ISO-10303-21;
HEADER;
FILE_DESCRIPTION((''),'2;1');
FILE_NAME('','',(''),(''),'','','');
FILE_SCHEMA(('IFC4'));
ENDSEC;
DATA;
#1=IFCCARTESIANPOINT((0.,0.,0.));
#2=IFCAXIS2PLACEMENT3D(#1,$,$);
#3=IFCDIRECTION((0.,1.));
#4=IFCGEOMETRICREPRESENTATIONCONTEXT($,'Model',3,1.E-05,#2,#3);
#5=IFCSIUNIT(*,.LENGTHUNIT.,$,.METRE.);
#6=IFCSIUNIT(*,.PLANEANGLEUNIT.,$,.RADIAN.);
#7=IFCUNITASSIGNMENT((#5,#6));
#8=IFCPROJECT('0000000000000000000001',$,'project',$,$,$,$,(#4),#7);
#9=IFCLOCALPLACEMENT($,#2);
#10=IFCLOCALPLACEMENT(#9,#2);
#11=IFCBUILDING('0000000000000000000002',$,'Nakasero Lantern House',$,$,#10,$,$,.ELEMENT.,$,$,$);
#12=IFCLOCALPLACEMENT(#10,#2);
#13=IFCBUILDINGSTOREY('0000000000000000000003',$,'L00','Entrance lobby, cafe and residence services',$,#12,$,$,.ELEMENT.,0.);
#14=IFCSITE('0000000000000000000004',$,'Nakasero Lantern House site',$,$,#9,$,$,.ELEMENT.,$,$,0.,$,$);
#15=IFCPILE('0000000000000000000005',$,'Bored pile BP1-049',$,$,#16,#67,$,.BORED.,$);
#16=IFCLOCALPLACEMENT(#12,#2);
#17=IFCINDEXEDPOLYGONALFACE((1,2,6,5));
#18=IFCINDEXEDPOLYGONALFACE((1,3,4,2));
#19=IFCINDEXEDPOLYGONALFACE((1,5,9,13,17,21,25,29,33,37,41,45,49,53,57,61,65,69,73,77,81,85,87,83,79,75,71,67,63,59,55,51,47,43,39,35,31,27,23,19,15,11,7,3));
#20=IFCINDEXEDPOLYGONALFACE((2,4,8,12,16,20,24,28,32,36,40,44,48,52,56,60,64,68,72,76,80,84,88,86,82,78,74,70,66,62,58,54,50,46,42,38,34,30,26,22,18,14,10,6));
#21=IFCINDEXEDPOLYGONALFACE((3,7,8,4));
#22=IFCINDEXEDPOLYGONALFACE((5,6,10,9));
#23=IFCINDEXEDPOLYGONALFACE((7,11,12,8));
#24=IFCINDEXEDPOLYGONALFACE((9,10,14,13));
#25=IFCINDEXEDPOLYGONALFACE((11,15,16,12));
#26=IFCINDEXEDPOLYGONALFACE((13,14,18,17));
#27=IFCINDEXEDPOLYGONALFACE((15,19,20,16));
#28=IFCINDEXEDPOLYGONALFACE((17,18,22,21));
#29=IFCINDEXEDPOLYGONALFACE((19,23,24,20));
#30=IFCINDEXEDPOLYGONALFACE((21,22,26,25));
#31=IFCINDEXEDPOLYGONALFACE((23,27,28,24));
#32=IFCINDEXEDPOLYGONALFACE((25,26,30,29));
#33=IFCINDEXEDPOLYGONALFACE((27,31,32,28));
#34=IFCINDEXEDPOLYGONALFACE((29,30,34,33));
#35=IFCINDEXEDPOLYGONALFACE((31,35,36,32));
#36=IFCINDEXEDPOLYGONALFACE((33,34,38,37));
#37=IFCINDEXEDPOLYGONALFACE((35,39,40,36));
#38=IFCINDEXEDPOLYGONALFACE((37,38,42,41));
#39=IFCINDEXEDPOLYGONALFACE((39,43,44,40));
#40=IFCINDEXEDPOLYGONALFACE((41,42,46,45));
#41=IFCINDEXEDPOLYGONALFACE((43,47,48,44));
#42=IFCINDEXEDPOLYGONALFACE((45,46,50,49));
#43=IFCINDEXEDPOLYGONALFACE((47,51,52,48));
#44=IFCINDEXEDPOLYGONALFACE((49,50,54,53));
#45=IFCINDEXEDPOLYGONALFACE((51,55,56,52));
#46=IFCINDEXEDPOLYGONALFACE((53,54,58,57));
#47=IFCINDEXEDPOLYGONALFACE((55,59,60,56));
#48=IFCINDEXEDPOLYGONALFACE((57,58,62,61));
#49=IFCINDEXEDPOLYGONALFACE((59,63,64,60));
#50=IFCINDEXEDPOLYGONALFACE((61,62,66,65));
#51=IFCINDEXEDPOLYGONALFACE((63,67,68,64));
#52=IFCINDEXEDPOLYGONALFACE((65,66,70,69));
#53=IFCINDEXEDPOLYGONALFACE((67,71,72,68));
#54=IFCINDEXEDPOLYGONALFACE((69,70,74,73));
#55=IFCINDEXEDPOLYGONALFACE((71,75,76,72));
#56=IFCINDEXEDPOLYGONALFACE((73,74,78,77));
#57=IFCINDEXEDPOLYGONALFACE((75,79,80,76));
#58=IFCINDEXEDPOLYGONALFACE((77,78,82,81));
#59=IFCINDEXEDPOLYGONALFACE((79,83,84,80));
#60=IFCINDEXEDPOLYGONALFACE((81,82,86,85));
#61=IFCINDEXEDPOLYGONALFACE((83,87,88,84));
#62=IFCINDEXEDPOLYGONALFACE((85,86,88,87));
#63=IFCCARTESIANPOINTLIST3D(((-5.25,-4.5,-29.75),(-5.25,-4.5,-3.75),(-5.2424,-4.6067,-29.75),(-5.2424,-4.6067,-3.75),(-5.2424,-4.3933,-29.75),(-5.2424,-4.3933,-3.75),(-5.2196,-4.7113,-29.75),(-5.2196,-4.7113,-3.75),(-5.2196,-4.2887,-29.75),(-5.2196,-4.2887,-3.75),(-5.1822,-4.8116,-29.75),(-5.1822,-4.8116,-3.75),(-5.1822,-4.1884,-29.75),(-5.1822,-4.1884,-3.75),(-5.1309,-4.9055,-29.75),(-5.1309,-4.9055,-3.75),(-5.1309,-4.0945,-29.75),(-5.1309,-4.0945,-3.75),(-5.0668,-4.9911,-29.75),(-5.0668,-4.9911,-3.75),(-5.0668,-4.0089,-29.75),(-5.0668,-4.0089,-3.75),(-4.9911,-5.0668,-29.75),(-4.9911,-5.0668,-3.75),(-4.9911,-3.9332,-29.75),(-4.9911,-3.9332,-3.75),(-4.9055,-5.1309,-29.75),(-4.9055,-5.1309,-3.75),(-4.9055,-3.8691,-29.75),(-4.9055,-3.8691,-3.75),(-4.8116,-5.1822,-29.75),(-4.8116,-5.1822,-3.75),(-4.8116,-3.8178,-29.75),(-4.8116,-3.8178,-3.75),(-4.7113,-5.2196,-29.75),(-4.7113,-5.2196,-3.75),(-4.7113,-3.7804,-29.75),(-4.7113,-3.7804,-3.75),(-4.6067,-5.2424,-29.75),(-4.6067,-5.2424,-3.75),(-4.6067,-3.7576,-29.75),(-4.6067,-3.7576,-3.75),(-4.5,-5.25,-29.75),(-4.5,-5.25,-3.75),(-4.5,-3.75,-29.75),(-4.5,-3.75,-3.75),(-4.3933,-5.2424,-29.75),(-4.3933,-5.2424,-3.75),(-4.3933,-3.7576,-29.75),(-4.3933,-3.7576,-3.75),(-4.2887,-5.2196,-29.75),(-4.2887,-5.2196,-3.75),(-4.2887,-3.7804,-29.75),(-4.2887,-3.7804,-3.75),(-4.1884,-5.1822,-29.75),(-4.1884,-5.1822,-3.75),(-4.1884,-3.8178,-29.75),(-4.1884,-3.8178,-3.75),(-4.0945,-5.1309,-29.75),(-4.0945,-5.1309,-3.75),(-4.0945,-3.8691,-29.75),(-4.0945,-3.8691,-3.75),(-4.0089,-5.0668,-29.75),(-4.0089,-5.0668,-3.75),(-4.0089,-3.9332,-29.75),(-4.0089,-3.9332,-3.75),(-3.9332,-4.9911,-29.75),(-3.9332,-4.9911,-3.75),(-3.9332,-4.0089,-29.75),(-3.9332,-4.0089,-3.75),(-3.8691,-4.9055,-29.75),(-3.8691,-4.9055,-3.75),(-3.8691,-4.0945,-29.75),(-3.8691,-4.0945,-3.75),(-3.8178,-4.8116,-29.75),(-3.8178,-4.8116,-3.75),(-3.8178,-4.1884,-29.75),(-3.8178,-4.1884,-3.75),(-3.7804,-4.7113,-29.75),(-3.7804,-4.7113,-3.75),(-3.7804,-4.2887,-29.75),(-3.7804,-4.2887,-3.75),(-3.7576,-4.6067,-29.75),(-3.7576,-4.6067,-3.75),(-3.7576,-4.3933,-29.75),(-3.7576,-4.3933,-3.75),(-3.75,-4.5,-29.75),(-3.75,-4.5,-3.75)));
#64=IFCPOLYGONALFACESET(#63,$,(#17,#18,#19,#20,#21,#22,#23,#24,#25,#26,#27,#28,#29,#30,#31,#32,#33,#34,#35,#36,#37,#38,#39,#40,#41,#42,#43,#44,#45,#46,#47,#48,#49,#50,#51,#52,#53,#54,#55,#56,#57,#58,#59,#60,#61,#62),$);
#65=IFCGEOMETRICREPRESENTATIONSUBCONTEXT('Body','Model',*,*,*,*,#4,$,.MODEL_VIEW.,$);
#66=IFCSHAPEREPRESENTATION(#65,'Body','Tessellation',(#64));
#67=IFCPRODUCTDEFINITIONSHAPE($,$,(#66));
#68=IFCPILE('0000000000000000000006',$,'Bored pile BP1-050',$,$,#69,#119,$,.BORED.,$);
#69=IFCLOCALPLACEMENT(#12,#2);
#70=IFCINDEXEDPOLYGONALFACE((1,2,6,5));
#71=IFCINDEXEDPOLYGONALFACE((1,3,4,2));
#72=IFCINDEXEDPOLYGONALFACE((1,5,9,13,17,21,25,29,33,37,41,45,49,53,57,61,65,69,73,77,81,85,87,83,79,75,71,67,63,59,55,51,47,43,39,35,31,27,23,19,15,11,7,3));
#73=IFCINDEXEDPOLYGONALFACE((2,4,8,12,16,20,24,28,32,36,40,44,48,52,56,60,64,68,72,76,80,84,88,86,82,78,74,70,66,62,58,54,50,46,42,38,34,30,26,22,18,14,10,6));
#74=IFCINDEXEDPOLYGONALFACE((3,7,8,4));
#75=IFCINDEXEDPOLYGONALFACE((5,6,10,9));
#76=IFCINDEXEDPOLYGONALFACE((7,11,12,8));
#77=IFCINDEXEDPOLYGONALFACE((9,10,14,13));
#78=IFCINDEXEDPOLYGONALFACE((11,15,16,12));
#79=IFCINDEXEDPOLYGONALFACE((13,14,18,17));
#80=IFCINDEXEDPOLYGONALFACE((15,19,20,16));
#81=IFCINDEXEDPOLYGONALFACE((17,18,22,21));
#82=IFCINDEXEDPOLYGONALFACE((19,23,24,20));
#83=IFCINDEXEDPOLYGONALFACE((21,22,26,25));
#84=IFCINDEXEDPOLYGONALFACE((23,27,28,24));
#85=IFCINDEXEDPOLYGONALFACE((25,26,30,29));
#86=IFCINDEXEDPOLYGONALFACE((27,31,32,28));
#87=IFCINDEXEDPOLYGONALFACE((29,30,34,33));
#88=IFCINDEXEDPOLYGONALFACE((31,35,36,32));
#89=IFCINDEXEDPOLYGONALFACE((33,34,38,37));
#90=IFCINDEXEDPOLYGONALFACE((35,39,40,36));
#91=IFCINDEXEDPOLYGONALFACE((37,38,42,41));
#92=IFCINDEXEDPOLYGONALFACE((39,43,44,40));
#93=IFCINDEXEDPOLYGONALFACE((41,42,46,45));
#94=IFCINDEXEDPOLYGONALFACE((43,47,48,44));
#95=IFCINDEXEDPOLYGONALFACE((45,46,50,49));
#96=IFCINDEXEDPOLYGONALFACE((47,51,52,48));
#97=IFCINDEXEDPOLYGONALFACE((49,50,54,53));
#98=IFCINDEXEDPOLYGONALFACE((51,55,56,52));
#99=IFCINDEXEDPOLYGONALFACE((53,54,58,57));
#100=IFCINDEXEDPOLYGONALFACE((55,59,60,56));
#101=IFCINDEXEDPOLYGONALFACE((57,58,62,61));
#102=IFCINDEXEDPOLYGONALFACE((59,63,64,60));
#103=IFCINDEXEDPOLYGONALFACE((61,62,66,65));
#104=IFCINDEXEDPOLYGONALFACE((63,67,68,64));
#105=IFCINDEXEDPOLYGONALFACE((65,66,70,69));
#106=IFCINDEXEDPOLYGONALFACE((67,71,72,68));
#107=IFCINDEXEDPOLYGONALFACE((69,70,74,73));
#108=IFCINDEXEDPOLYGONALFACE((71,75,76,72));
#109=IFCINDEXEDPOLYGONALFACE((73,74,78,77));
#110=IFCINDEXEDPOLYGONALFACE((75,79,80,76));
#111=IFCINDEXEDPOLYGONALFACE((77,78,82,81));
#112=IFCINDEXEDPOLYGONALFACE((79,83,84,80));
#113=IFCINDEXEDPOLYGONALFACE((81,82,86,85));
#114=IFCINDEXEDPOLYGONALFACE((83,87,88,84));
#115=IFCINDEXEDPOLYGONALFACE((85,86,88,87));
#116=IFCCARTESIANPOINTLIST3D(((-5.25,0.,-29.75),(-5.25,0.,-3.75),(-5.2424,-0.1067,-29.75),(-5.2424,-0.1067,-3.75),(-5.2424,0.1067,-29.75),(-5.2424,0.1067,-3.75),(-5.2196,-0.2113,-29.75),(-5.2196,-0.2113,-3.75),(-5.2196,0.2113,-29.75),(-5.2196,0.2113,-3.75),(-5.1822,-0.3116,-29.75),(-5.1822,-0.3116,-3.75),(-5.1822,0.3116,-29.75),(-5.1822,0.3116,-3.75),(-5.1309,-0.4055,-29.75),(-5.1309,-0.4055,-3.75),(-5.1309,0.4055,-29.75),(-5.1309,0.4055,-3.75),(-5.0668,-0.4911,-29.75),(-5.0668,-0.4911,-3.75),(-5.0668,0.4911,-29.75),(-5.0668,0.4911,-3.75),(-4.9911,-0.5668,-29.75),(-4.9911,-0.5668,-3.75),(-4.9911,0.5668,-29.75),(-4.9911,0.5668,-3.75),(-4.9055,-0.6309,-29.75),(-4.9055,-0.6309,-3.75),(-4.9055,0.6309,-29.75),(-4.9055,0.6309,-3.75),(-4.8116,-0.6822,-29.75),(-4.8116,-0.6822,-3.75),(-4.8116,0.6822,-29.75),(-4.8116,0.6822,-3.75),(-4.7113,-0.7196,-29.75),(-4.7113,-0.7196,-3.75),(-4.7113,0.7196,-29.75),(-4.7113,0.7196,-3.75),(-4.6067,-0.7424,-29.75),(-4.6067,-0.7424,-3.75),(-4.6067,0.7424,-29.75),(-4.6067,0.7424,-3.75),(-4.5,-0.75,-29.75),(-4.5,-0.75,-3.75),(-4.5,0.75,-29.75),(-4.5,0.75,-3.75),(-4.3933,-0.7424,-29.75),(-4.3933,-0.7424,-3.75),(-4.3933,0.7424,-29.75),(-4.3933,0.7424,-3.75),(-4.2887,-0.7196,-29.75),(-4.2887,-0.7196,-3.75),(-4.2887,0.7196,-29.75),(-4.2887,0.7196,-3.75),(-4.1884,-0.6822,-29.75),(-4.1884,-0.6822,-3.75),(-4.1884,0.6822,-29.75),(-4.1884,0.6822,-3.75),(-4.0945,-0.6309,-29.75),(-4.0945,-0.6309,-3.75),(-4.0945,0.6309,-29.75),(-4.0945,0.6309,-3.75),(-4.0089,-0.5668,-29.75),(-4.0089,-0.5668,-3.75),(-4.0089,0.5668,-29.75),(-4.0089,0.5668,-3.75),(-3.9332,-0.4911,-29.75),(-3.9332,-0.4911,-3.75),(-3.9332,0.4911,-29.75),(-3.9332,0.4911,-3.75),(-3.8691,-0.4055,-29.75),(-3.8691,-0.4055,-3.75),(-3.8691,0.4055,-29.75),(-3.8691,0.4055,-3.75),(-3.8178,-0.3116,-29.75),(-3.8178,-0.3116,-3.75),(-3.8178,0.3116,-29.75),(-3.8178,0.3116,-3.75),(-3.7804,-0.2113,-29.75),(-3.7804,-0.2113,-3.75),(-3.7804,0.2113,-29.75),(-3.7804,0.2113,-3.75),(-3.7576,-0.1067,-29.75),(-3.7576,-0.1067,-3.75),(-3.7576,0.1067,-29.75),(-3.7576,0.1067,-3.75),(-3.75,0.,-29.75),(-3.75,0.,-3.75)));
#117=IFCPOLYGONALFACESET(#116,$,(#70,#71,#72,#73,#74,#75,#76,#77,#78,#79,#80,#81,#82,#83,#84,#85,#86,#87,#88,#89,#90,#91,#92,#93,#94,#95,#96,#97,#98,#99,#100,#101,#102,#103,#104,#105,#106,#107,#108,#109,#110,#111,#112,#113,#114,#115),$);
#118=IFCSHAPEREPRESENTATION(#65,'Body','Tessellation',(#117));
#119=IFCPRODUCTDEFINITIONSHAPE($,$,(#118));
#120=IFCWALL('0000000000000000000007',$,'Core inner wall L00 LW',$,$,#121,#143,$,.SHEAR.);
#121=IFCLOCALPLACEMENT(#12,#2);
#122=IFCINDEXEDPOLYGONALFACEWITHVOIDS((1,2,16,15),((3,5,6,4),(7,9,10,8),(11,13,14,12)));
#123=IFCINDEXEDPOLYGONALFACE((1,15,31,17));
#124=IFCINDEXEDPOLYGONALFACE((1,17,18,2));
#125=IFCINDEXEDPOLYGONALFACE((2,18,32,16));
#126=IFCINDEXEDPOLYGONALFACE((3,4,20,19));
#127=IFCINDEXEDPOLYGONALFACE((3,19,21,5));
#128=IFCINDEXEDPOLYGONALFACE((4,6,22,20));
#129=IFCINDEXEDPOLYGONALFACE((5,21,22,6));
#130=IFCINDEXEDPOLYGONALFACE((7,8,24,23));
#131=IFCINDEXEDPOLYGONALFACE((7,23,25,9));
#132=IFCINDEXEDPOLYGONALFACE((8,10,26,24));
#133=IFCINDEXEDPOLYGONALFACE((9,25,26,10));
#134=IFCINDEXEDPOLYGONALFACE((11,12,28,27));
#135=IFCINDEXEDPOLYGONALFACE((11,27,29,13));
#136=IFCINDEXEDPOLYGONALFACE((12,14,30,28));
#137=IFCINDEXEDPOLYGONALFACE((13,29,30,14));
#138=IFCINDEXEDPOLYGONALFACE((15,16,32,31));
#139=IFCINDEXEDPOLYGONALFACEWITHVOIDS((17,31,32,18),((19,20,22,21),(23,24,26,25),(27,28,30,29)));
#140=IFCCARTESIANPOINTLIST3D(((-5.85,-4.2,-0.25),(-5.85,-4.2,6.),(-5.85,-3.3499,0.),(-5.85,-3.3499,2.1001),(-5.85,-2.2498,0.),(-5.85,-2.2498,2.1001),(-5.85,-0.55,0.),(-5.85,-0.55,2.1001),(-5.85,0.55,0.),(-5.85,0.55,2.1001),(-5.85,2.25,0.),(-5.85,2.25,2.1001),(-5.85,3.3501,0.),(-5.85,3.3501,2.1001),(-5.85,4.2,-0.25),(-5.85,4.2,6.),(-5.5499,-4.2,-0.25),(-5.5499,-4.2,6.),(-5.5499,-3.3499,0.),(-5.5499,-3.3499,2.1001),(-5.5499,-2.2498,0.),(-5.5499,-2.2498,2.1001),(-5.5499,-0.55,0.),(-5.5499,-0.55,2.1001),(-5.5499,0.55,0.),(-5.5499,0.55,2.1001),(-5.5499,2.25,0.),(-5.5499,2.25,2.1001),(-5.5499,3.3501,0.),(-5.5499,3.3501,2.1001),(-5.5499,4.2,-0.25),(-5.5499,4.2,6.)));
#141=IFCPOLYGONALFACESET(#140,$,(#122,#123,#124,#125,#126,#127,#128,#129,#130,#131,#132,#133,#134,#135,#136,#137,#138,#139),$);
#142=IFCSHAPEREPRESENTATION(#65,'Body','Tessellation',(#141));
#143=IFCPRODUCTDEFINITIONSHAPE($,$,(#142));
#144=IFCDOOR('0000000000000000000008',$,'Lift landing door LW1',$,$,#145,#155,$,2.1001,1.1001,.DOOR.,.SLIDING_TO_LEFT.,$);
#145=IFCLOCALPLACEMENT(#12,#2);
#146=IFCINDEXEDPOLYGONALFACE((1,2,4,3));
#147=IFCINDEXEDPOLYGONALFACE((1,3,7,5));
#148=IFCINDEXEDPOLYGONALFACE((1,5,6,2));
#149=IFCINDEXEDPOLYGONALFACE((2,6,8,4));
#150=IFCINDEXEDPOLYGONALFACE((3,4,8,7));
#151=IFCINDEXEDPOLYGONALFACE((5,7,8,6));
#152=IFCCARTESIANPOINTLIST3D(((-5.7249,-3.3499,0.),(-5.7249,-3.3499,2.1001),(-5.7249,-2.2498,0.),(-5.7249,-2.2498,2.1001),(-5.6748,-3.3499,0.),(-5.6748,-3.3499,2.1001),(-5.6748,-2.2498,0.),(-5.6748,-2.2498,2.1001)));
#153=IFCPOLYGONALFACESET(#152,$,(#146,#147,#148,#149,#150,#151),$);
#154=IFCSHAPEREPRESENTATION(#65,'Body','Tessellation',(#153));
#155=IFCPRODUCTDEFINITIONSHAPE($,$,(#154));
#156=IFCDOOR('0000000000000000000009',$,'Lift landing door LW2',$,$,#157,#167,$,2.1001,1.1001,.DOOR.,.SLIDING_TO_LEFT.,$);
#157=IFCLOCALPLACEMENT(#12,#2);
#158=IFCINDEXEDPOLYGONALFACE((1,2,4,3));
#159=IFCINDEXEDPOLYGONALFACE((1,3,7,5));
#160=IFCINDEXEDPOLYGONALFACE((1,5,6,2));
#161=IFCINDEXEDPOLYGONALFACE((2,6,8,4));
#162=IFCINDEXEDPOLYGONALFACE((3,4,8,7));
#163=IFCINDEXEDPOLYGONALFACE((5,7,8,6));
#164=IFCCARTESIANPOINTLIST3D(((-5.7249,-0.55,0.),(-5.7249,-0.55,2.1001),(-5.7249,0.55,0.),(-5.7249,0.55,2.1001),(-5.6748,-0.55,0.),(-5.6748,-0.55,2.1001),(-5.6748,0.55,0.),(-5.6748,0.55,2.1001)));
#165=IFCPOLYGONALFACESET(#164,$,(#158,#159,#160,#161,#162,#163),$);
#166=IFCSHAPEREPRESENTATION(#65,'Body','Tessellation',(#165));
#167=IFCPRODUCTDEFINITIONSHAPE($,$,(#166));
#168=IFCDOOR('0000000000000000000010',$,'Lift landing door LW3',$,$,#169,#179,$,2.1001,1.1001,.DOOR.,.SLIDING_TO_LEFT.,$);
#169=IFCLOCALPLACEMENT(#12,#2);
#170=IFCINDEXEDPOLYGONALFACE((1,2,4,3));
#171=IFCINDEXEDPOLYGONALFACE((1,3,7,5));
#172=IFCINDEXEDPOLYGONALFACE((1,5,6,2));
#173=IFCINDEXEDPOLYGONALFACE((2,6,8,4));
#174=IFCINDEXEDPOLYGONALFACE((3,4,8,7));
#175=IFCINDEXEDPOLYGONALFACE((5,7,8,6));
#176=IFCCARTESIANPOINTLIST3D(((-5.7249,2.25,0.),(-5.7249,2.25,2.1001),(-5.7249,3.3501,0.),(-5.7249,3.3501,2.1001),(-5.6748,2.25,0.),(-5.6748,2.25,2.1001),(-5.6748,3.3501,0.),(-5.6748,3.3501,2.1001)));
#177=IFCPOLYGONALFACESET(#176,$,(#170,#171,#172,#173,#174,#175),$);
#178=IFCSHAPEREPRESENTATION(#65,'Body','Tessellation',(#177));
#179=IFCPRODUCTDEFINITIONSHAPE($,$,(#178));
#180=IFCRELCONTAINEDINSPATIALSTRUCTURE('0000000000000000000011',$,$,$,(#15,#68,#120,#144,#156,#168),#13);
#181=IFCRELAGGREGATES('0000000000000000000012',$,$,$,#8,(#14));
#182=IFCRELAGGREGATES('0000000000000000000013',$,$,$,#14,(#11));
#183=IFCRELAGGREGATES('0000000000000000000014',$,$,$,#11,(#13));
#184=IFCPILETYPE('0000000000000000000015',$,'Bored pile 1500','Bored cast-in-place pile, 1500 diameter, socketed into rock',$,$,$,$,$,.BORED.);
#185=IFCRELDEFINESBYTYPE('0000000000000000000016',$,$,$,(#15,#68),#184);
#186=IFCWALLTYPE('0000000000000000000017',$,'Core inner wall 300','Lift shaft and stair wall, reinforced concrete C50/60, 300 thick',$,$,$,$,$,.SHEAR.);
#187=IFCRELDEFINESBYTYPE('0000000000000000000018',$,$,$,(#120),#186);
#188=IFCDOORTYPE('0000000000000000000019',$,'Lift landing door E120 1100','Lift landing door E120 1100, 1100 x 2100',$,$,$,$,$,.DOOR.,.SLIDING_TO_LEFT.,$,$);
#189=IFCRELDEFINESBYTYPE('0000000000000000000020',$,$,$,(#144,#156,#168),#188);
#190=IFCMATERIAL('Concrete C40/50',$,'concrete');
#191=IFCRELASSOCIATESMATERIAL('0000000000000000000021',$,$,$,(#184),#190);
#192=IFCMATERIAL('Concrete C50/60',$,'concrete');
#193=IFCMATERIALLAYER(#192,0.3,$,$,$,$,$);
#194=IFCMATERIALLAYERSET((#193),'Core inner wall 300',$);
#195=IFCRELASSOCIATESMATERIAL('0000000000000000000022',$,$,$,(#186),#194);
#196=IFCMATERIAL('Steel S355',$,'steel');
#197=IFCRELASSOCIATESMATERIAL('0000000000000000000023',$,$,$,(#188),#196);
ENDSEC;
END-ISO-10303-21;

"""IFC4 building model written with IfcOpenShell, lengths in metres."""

from ifc_helpers import new_model, si_unit, direction, frame, frame_2d, origin, origin_2d, place, context, subcontext, project, spatial, rectangle, circle, extrude, material, layer, layer_set, type_object, element, fill, save


model = new_model("IFC4")

# Units and contexts
model_context = context("Model", 3, precision=1e-05, world=origin(), true_north=direction((0.0, 1.0)))
body_context = subcontext(model_context, "Body", "Model", "MODEL_VIEW")
ifc_project = project(units=[si_unit("LENGTHUNIT", "METRE"), si_unit("PLANEANGLEUNIT", "RADIAN")], contexts=[model_context])

# Site, building, storey
site_placement = place(None, origin())
site = spatial("IfcSite", under=ifc_project, at=site_placement, Name="Nakasero Lantern House site", CompositionType="ELEMENT", RefElevation=0.0)
building_placement = place(site_placement, origin())
building = spatial("IfcBuilding", under=site, at=building_placement, Name="Nakasero Lantern House", CompositionType="ELEMENT")
storey_placement = place(building_placement, origin())
storey = spatial("IfcBuildingStorey", under=building, at=storey_placement, Name="L00", Description="Entrance lobby, cafe and residence services", CompositionType="ELEMENT", Elevation=0.0)

# Piles
ifc_material_1 = material(Name="Concrete C40/50", Category="concrete")
pile_type = type_object("IfcPileType", Name="Bored pile 1500", Description="Bored cast-in-place pile, 1500 diameter, socketed into rock", PredefinedType="BORED", material=ifc_material_1)
for number, where, z_axis, x_axis, name in (
    (1, (-4.5, -4.5, -3.75), (0.0, 0.0, -1.0), (1.0, 0.0, 0.0), "Bored pile BP1-049"),
    (2, (-4.5, 0.0, -3.75), (0.0, 0.0, -1.0), (1.0, 0.0, 0.0), "Bored pile BP1-050"),
):
    element("IfcPile", number, at=place(storey_placement, frame(where, z_axis=z_axis, x_axis=x_axis)), inside=storey, type_object=pile_type, Name=name, PredefinedType="BORED", context=body_context, shape_type="SweptSolid", body=[
        extrude(circle(Radius=0.75, at=origin_2d()), origin(), (0.0, 0.0, 1.0), 26.0),
    ])

# Wall, openings, doors
ifc_material_2 = material(Name="Concrete C50/60", Category="concrete")
ifc_layer_1 = layer(ifc_material_2, 0.3)
ifc_layer_set_1 = layer_set([ifc_layer_1], Name="Core inner wall 300")
wall_type_1 = type_object("IfcWallType", Name="Core inner wall 300", Description="Lift shaft and stair wall, reinforced concrete C50/60, 300 thick", PredefinedType="SHEAR", material=ifc_layer_set_1)
wall_1_placement = place(storey_placement, frame((-5.7, -4.2, -0.25), z_axis=(0.0, 0.0, 1.0), x_axis=(0.0, 1.0, 0.0)))
wall_1 = element("IfcWall", 3, at=wall_1_placement, inside=storey, type_object=wall_type_1, Name="Core inner wall L00 LW", PredefinedType="SHEAR", context=body_context, shape_type="SweptSolid", body=[
    extrude(rectangle(XDim=8.3999, YDim=0.3, at=frame_2d((4.2, 0.0))), origin(), (0.0, 0.0, 1.0), 6.25),
])
opening_1_placement = place(wall_1_placement, frame((0.8501, 0.0, 0.25)))
opening_1 = element("IfcOpeningElement", 4, at=opening_1_placement, cuts=wall_1, PredefinedType="OPENING", context=body_context, shape_type="SweptSolid", body=[
    extrude(rectangle(XDim=1.1001, YDim=2.1001, at=frame_2d((0.55, 1.05))), frame((0.0, 0.1699, 0.0), z_axis=(0.0, -1.0, 0.0), x_axis=(1.0, 0.0, 0.0)), (0.0, 0.0, 1.0), 0.3401),
])
opening_2_placement = place(wall_1_placement, frame((3.6499, 0.0, 0.25)))
opening_2 = element("IfcOpeningElement", 5, at=opening_2_placement, cuts=wall_1, PredefinedType="OPENING", context=body_context, shape_type="SweptSolid", body=[
    extrude(rectangle(XDim=1.1001, YDim=2.1001, at=frame_2d((0.55, 1.05))), frame((0.0, 0.1699, 0.0), z_axis=(0.0, -1.0, 0.0), x_axis=(1.0, 0.0, 0.0)), (0.0, 0.0, 1.0), 0.3401),
])
opening_3_placement = place(wall_1_placement, frame((6.45, 0.0, 0.25)))
opening_3 = element("IfcOpeningElement", 6, at=opening_3_placement, cuts=wall_1, PredefinedType="OPENING", context=body_context, shape_type="SweptSolid", body=[
    extrude(rectangle(XDim=1.1001, YDim=2.1001, at=frame_2d((0.55, 1.05))), frame((0.0, 0.1699, 0.0), z_axis=(0.0, -1.0, 0.0), x_axis=(1.0, 0.0, 0.0)), (0.0, 0.0, 1.0), 0.3401),
])
ifc_material_3 = material(Name="Steel S355", Category="steel")
door_type_1 = type_object("IfcDoorType", Name="Lift landing door E120 1100", Description="Lift landing door E120 1100, 1100 x 2100", OperationType="SLIDING_TO_LEFT", PredefinedType="DOOR", material=ifc_material_3)
door_1_placement = place(opening_1_placement, origin())
door_1 = element("IfcDoor", 7, at=door_1_placement, inside=storey, type_object=door_type_1, Name="Lift landing door LW1", OperationType="SLIDING_TO_LEFT", OverallHeight=2.1001, OverallWidth=1.1001, PredefinedType="DOOR", context=body_context, shape_type="SweptSolid", body=[
    extrude(rectangle(XDim=1.1001, YDim=2.1001, at=frame_2d((0.55, 1.05))), frame((0.0, 0.0249, 0.0), z_axis=(0.0, -1.0, 0.0), x_axis=(1.0, 0.0, 0.0)), (0.0, 0.0, 1.0), 0.05),
])
fill(opening_1, door_1)
door_2_placement = place(opening_2_placement, origin())
door_2 = element("IfcDoor", 8, at=door_2_placement, inside=storey, type_object=door_type_1, Name="Lift landing door LW2", OperationType="SLIDING_TO_LEFT", OverallHeight=2.1001, OverallWidth=1.1001, PredefinedType="DOOR", context=body_context, shape_type="SweptSolid", body=[
    extrude(rectangle(XDim=1.1001, YDim=2.1001, at=frame_2d((0.55, 1.05))), frame((0.0, 0.0249, 0.0), z_axis=(0.0, -1.0, 0.0), x_axis=(1.0, 0.0, 0.0)), (0.0, 0.0, 1.0), 0.05),
])
fill(opening_2, door_2)
door_3_placement = place(opening_3_placement, origin())
door_3 = element("IfcDoor", 9, at=door_3_placement, inside=storey, type_object=door_type_1, Name="Lift landing door LW3", OperationType="SLIDING_TO_LEFT", OverallHeight=2.1001, OverallWidth=1.1001, PredefinedType="DOOR", context=body_context, shape_type="SweptSolid", body=[
    extrude(rectangle(XDim=1.1001, YDim=2.1001, at=frame_2d((0.55, 1.05))), frame((0.0, 0.0249, 0.0), z_axis=(0.0, -1.0, 0.0), x_axis=(1.0, 0.0, 0.0)), (0.0, 0.0, 1.0), 0.05),
])
fill(opening_3, door_3)

save(model, "model.ifc")
